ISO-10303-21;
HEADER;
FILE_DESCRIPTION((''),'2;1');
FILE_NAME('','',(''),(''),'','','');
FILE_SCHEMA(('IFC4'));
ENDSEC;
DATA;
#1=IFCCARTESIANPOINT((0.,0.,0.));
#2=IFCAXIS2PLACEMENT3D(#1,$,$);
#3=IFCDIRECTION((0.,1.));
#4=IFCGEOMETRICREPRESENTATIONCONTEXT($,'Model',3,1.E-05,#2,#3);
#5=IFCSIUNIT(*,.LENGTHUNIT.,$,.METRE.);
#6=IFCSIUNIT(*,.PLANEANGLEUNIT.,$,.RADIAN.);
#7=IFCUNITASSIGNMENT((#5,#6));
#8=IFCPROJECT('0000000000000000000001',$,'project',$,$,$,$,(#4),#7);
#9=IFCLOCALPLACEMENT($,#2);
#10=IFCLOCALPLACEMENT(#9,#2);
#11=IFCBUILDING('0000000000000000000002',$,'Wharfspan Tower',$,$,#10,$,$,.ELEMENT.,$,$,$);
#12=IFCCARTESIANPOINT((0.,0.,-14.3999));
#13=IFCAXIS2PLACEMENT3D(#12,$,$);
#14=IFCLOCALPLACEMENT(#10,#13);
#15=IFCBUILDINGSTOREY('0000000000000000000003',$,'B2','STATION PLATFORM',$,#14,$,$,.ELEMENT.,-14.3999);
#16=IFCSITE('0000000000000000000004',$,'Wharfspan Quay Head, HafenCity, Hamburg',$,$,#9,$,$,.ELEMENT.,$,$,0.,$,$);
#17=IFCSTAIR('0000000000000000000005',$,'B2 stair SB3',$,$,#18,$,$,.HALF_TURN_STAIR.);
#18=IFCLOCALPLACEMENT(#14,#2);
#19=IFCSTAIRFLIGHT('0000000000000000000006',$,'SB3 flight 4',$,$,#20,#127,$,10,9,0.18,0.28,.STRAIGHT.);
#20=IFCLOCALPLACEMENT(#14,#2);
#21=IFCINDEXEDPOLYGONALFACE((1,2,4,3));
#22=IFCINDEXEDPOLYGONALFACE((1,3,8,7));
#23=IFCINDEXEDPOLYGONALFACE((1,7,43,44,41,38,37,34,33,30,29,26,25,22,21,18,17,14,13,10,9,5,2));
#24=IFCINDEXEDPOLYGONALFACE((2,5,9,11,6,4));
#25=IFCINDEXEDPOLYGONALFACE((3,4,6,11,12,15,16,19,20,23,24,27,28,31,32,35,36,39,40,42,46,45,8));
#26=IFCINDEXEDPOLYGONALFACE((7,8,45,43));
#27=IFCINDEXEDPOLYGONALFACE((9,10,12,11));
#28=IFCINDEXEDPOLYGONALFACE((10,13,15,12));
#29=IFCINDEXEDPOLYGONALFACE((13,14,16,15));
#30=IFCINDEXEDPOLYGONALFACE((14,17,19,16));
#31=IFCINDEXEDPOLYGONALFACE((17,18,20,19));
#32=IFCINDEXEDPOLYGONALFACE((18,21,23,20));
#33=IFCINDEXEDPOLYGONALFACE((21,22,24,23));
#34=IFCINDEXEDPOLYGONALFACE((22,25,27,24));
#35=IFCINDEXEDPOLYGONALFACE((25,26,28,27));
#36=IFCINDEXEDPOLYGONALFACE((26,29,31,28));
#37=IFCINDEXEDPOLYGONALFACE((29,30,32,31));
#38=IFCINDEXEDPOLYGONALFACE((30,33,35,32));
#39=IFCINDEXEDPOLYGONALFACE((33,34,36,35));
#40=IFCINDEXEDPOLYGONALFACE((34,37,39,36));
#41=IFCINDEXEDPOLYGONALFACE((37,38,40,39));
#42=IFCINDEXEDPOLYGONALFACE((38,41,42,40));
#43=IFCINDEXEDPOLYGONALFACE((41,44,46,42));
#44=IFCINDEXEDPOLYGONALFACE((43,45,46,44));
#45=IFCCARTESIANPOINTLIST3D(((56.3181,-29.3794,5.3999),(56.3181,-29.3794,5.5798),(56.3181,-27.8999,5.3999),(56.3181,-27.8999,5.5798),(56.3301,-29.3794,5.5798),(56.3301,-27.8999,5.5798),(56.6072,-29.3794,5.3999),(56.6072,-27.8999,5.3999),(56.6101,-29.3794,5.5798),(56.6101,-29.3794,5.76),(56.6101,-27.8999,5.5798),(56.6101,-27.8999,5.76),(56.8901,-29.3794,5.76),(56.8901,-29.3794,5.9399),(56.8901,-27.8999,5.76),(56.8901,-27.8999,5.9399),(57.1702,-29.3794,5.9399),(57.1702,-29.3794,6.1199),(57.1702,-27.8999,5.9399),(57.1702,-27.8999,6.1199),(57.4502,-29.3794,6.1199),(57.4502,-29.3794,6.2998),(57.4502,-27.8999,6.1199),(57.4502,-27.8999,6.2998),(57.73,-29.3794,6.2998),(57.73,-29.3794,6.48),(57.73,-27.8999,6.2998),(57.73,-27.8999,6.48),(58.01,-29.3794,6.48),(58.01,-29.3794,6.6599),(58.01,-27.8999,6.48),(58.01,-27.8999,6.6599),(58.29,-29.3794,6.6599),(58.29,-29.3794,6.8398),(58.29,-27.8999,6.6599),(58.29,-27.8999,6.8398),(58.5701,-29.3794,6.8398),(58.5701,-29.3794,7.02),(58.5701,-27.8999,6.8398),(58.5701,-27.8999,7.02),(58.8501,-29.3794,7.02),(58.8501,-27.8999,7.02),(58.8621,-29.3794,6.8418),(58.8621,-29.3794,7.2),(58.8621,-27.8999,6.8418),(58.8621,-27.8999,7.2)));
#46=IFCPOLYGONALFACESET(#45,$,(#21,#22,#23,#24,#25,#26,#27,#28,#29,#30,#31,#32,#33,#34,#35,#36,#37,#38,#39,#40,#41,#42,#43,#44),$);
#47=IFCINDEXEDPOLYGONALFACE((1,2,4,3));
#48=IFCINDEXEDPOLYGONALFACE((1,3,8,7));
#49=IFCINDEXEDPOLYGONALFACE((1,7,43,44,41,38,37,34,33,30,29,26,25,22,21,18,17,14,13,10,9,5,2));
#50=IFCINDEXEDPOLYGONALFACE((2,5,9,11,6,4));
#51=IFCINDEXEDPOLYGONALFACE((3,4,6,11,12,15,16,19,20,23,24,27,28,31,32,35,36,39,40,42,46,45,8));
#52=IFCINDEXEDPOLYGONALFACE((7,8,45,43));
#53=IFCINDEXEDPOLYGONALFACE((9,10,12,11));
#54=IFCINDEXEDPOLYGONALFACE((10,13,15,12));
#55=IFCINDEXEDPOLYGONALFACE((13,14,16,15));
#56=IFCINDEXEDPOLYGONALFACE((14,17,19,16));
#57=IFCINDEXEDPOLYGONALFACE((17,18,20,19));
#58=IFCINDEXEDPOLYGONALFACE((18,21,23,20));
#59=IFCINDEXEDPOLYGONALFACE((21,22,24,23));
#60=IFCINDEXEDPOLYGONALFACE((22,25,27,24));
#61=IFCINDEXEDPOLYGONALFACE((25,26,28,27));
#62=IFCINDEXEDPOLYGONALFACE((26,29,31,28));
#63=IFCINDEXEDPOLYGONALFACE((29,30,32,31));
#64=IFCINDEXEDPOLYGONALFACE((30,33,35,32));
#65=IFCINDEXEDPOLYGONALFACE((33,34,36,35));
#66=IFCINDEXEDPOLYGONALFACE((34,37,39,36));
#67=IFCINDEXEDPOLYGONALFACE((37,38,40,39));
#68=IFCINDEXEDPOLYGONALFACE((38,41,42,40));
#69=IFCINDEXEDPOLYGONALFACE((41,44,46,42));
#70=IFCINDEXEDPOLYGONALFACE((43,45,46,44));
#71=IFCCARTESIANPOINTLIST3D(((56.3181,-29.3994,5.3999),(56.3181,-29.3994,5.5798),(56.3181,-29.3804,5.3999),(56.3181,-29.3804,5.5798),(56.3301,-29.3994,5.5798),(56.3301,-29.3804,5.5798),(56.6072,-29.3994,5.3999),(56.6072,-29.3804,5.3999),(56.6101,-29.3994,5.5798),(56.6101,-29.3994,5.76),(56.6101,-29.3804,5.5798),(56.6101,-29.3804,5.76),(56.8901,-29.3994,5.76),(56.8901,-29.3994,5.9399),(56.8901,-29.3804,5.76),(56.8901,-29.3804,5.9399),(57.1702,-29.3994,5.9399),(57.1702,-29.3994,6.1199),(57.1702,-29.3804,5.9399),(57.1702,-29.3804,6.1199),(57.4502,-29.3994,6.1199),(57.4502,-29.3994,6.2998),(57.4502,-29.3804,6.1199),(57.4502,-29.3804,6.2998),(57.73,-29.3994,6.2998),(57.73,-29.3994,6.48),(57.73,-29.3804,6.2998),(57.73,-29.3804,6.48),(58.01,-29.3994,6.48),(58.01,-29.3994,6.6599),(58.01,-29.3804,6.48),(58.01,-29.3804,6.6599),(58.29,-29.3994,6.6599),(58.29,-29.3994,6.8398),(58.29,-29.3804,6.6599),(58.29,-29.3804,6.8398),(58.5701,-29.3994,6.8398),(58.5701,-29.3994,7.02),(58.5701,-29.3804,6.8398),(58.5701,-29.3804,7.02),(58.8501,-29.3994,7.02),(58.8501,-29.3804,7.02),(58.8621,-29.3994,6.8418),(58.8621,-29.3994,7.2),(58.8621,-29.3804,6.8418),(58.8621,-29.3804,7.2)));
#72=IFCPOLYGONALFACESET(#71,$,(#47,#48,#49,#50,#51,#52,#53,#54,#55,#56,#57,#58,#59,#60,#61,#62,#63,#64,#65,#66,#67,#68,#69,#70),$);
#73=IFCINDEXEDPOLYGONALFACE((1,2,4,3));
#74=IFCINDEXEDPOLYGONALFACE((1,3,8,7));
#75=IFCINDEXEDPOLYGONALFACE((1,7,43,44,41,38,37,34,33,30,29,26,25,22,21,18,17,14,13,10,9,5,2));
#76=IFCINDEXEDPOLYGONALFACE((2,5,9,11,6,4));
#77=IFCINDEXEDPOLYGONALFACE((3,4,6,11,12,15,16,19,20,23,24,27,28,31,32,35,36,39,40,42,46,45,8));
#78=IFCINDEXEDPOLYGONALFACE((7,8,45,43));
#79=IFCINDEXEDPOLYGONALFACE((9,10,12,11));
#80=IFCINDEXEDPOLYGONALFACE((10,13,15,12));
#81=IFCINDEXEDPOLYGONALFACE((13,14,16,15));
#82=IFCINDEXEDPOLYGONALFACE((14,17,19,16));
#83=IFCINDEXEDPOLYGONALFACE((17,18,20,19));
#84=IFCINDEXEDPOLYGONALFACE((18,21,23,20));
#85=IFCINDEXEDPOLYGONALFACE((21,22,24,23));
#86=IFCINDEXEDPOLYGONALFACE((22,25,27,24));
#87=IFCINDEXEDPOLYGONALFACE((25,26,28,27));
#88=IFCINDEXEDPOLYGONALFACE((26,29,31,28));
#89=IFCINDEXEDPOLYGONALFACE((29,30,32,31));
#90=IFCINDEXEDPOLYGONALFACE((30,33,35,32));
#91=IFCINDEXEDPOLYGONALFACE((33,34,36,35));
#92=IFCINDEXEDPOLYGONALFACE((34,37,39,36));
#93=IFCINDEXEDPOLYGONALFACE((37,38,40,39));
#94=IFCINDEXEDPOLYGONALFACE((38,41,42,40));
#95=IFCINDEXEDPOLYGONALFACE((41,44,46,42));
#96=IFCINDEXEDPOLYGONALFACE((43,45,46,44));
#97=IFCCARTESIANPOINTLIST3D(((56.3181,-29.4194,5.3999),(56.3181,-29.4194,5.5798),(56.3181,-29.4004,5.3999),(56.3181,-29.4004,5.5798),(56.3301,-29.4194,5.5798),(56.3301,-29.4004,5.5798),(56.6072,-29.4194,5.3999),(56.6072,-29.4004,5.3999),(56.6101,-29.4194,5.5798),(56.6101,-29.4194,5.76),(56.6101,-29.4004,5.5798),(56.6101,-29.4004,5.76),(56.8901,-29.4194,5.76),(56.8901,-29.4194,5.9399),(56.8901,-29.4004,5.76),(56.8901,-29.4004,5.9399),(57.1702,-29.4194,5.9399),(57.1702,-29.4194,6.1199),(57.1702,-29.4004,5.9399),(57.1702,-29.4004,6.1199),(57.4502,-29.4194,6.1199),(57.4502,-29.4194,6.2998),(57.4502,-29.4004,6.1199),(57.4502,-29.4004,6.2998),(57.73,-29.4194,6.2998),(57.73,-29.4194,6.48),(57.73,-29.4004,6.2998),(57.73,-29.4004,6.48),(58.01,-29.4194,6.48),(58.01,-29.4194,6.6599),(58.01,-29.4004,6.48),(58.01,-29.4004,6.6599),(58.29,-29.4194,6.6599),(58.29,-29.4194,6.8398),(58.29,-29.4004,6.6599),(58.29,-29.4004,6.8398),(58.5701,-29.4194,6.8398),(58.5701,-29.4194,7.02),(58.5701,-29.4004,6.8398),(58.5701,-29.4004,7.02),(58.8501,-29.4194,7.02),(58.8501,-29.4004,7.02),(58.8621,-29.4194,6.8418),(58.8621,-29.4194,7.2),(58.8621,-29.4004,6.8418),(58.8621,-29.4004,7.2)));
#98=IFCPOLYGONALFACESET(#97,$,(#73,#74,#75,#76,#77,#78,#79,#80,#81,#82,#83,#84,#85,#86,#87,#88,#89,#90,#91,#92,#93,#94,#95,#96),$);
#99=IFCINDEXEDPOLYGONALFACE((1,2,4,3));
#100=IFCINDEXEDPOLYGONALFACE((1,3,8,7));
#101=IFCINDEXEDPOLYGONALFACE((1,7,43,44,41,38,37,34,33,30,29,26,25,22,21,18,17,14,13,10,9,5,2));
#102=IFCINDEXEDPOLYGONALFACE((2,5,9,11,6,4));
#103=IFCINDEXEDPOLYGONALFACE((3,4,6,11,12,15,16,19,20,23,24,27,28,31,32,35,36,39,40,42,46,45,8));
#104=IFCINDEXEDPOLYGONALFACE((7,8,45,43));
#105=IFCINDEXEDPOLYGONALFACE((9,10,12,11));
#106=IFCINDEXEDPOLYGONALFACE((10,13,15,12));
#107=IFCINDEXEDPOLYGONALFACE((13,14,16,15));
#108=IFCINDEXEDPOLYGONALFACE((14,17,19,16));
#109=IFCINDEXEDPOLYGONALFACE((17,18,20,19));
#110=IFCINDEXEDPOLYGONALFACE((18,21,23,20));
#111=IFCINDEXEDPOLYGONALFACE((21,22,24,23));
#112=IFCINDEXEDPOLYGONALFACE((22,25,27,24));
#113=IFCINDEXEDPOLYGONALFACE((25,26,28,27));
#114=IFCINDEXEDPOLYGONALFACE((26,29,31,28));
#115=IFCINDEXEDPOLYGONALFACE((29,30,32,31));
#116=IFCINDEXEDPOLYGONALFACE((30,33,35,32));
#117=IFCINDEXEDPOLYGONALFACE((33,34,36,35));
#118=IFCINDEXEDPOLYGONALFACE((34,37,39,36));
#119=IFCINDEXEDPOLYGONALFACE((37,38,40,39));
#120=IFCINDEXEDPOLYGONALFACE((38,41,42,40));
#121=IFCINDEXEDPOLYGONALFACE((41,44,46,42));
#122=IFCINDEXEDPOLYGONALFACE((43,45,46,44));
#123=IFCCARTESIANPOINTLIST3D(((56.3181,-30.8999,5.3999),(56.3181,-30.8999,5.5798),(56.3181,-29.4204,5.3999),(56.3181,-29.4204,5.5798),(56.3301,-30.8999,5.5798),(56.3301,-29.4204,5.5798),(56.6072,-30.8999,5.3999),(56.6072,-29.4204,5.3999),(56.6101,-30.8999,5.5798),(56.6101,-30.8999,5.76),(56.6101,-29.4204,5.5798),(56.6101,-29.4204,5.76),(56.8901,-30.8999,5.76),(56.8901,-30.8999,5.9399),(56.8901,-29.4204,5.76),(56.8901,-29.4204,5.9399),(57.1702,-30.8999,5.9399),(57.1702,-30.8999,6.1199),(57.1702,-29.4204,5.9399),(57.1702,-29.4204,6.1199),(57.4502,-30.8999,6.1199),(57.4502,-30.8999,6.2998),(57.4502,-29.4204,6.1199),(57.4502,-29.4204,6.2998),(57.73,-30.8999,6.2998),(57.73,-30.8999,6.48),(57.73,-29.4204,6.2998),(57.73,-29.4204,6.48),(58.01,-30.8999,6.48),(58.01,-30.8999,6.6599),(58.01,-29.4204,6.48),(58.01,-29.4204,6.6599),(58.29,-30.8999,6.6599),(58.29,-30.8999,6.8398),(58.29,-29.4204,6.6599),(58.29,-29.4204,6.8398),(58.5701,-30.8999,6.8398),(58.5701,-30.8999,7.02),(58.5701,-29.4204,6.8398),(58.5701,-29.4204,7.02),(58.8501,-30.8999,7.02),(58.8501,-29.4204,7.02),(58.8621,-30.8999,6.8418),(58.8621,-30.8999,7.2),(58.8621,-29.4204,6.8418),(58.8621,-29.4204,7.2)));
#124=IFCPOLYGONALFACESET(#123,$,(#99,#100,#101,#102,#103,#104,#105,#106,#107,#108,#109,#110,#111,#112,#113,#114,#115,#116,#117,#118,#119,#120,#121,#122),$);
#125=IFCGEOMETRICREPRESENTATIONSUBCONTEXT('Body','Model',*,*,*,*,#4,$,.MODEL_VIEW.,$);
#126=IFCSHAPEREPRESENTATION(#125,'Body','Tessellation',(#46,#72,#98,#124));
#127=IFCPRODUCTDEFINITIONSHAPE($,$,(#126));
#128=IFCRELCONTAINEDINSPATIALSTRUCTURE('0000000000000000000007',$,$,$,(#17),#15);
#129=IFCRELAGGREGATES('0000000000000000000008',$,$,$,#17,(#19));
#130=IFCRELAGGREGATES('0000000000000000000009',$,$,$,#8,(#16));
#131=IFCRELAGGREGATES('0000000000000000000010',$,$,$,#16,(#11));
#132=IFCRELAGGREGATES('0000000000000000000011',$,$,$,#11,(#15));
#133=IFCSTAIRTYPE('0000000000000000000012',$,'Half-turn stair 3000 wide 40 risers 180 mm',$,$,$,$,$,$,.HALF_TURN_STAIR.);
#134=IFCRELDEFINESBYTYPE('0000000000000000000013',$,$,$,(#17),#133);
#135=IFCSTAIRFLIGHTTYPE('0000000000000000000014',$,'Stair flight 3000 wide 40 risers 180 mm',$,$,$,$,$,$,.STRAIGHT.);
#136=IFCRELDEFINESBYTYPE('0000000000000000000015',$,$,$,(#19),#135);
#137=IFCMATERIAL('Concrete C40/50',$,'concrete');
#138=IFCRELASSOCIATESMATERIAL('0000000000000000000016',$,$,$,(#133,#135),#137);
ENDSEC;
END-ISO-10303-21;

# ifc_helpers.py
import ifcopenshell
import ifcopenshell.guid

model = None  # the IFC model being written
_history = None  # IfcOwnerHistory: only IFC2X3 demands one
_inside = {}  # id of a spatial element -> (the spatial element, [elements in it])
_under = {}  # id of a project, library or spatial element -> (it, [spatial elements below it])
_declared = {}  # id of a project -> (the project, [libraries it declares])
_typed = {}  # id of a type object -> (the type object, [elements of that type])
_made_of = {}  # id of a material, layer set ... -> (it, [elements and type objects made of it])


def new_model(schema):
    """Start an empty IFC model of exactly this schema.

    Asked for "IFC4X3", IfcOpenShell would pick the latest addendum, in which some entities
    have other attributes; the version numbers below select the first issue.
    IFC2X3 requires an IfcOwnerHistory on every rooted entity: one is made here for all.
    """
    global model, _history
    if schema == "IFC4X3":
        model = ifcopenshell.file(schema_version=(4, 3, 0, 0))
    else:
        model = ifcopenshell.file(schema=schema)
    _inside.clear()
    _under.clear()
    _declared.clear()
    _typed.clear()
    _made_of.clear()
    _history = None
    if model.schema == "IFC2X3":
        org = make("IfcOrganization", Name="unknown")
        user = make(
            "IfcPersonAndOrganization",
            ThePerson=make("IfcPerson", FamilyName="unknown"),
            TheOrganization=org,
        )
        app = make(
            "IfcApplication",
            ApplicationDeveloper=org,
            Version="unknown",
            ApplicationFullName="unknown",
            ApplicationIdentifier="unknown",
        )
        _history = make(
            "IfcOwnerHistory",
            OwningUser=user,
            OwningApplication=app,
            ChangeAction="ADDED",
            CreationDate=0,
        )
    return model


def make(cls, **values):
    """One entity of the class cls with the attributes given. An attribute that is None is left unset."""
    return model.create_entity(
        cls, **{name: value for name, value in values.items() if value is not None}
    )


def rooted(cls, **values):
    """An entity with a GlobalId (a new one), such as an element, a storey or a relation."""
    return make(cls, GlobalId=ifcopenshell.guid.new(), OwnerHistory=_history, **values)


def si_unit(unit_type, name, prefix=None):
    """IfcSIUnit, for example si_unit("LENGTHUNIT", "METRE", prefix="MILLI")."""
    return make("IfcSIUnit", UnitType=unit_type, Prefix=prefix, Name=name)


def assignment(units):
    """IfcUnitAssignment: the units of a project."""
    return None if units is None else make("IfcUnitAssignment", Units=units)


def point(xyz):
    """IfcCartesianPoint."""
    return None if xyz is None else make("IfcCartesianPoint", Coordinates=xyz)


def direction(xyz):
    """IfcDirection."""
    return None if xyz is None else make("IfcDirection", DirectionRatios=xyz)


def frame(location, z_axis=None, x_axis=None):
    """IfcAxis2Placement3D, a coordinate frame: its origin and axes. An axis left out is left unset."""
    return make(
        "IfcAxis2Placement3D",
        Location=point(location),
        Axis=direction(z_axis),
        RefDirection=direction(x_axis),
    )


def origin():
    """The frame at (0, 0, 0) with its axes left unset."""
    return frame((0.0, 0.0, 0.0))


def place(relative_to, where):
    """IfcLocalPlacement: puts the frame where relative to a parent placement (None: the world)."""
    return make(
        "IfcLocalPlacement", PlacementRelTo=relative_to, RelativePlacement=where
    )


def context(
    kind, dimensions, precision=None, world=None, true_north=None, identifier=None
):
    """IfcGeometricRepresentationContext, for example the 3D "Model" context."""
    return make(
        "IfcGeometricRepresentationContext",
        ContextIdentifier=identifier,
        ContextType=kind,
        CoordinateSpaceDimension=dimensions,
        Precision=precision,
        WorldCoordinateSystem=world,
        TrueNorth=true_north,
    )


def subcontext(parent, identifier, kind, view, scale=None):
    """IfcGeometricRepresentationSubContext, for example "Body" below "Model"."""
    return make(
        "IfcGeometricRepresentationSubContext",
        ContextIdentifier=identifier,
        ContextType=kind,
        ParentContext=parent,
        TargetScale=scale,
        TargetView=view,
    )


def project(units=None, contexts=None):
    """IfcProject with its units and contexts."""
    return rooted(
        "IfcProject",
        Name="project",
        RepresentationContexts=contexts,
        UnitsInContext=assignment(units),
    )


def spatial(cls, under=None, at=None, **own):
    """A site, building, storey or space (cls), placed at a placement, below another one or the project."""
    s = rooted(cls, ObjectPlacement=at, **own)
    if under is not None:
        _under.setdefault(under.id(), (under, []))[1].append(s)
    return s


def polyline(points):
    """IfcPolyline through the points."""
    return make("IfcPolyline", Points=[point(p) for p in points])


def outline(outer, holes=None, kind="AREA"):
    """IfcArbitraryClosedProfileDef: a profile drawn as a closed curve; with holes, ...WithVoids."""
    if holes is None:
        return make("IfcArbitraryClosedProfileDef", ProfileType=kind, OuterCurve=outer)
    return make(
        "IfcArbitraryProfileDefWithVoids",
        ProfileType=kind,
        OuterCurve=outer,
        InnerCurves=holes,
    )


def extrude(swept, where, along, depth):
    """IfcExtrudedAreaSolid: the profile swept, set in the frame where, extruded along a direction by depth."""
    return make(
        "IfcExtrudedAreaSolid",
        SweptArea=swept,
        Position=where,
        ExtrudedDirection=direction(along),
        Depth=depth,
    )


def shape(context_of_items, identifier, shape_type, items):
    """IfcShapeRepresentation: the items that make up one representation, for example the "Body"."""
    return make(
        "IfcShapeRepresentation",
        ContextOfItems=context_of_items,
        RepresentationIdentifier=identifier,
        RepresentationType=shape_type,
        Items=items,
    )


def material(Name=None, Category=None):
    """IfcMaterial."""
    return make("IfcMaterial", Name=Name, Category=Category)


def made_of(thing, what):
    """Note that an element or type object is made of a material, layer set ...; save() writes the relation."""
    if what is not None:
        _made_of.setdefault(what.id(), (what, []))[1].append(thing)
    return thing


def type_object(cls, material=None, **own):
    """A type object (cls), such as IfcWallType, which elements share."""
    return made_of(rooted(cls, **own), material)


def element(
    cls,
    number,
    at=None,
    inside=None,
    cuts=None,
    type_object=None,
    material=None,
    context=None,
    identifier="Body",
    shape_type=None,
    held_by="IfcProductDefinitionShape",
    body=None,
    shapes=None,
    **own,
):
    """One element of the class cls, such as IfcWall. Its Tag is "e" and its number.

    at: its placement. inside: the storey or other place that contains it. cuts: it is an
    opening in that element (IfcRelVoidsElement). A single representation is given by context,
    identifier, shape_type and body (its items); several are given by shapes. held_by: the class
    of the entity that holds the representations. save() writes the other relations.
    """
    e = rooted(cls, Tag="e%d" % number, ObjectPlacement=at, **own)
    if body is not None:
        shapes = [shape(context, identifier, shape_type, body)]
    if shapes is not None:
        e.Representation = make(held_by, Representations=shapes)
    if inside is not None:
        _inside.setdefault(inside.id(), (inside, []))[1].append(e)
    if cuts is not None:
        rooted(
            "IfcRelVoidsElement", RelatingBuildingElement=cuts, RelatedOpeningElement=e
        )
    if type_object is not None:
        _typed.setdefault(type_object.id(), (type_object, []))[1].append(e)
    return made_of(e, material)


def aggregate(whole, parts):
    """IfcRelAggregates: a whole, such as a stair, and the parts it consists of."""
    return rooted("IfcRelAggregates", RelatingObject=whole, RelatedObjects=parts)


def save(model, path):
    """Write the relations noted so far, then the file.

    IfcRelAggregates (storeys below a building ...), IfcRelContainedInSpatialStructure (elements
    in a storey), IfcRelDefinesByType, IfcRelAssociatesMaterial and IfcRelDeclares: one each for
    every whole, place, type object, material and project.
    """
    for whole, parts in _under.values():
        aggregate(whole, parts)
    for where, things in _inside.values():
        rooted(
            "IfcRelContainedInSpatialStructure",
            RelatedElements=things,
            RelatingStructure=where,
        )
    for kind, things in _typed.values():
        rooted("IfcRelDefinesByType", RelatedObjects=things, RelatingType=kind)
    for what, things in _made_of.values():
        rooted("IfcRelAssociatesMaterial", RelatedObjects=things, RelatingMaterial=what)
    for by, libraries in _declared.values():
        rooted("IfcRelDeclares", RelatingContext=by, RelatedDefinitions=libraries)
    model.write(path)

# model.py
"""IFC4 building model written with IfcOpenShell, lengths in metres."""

from ifc_helpers import new_model, si_unit, direction, frame, origin, place, context, subcontext, project, spatial, polyline, outline, extrude, material, type_object, element, aggregate, save


model = new_model("IFC4")

# Units and contexts
model_context = context("Model", 3, precision=1e-05, world=origin(), true_north=direction((0.0, 1.0)))
body_context = subcontext(model_context, "Body", "Model", "MODEL_VIEW")
ifc_project = project(units=[si_unit("LENGTHUNIT", "METRE"), si_unit("PLANEANGLEUNIT", "RADIAN")], contexts=[model_context])

# Site, building, storey
site_placement = place(None, origin())
site = spatial("IfcSite", under=ifc_project, at=site_placement, Name="Wharfspan Quay Head, HafenCity, Hamburg", CompositionType="ELEMENT", RefElevation=0.0)
building_placement = place(site_placement, origin())
building = spatial("IfcBuilding", under=site, at=building_placement, Name="Wharfspan Tower", CompositionType="ELEMENT")
storey_placement = place(building_placement, frame((0.0, 0.0, -14.3999)))
storey = spatial("IfcBuildingStorey", under=building, at=storey_placement, Name="B2", Description="STATION PLATFORM", CompositionType="ELEMENT", Elevation=-14.3999)

# Shared definitions
ifc_material_1 = material(Name="Concrete C40/50", Category="concrete")

# Stair, stair flight
stair_type = type_object("IfcStairType", Name="Half-turn stair 3000 wide 40 risers 180 mm", PredefinedType="HALF_TURN_STAIR", material=ifc_material_1)
stair_placement = place(storey_placement, origin())
stair = element("IfcStair", 1, at=stair_placement, inside=storey, type_object=stair_type, Name="B2 stair SB3", PredefinedType="HALF_TURN_STAIR")
stair_flight_type = type_object("IfcStairFlightType", Name="Stair flight 3000 wide 40 risers 180 mm", PredefinedType="STRAIGHT", material=ifc_material_1)
stair_flight_1_placement = place(storey_placement, frame((56.3301, -29.3999, 5.3999), z_axis=(0.0, 0.0, 1.0), x_axis=(1.0, 0.0, 0.0)))
stair_flight_1 = element("IfcStairFlight", 2, at=stair_flight_1_placement, type_object=stair_flight_type, Name="SB3 flight 4", NumberOfRisers=10, NumberOfTreads=9, PredefinedType="STRAIGHT", RiserHeight=0.18, TreadLength=0.28, context=body_context, shape_type="SweptSolid", body=[
    extrude(outline(polyline([(-0.012, 0.0), (-0.012, 0.1799), (0.0, 0.1799), (0.28, 0.1799), (0.28, 0.3601), (0.5601, 0.3601), (0.5601, 0.54), (0.8401, 0.54), (0.8401, 0.72), (1.1201, 0.72), (1.1201, 0.8999), (1.3999, 0.8999), (1.3999, 1.0801), (1.6799, 1.0801), (1.6799, 1.26), (1.96, 1.26), (1.96, 1.4399), (2.24, 1.4399), (2.24, 1.6201), (2.52, 1.6201), (2.532, 1.8), (2.532, 1.4419), (0.2771, 0.0), (-0.012, 0.0)])), frame((0.0, 1.5, 0.0), z_axis=(0.0, -1.0, 0.0), x_axis=(1.0, 0.0, 0.0)), (0.0, 0.0, 1.0), 1.4795),
    extrude(outline(polyline([(-0.012, 0.0), (-0.012, 0.1799), (0.0, 0.1799), (0.28, 0.1799), (0.28, 0.3601), (0.5601, 0.3601), (0.5601, 0.54), (0.8401, 0.54), (0.8401, 0.72), (1.1201, 0.72), (1.1201, 0.8999), (1.3999, 0.8999), (1.3999, 1.0801), (1.6799, 1.0801), (1.6799, 1.26), (1.96, 1.26), (1.96, 1.4399), (2.24, 1.4399), (2.24, 1.6201), (2.52, 1.6201), (2.532, 1.8), (2.532, 1.4419), (0.2771, 0.0), (-0.012, 0.0)])), frame((0.0, 0.0195, 0.0), z_axis=(0.0, -1.0, 0.0), x_axis=(1.0, 0.0, 0.0)), (0.0, 0.0, 1.0), 0.019),
    extrude(outline(polyline([(-0.012, 0.0), (-0.012, 0.1799), (0.0, 0.1799), (0.28, 0.1799), (0.28, 0.3601), (0.5601, 0.3601), (0.5601, 0.54), (0.8401, 0.54), (0.8401, 0.72), (1.1201, 0.72), (1.1201, 0.8999), (1.3999, 0.8999), (1.3999, 1.0801), (1.6799, 1.0801), (1.6799, 1.26), (1.96, 1.26), (1.96, 1.4399), (2.24, 1.4399), (2.24, 1.6201), (2.52, 1.6201), (2.532, 1.8), (2.532, 1.4419), (0.2771, 0.0), (-0.012, 0.0)])), frame((0.0, -0.0005, 0.0), z_axis=(0.0, -1.0, 0.0), x_axis=(1.0, 0.0, 0.0)), (0.0, 0.0, 1.0), 0.019),
    extrude(outline(polyline([(-0.012, 0.0), (-0.012, 0.1799), (0.0, 0.1799), (0.28, 0.1799), (0.28, 0.3601), (0.5601, 0.3601), (0.5601, 0.54), (0.8401, 0.54), (0.8401, 0.72), (1.1201, 0.72), (1.1201, 0.8999), (1.3999, 0.8999), (1.3999, 1.0801), (1.6799, 1.0801), (1.6799, 1.26), (1.96, 1.26), (1.96, 1.4399), (2.24, 1.4399), (2.24, 1.6201), (2.52, 1.6201), (2.532, 1.8), (2.532, 1.4419), (0.2771, 0.0), (-0.012, 0.0)])), frame((0.0, -0.0205, 0.0), z_axis=(0.0, -1.0, 0.0), x_axis=(1.0, 0.0, 0.0)), (0.0, 0.0, 1.0), 1.4795),
])
aggregate(stair, [stair_flight_1])

save(model, "model.ifc")
